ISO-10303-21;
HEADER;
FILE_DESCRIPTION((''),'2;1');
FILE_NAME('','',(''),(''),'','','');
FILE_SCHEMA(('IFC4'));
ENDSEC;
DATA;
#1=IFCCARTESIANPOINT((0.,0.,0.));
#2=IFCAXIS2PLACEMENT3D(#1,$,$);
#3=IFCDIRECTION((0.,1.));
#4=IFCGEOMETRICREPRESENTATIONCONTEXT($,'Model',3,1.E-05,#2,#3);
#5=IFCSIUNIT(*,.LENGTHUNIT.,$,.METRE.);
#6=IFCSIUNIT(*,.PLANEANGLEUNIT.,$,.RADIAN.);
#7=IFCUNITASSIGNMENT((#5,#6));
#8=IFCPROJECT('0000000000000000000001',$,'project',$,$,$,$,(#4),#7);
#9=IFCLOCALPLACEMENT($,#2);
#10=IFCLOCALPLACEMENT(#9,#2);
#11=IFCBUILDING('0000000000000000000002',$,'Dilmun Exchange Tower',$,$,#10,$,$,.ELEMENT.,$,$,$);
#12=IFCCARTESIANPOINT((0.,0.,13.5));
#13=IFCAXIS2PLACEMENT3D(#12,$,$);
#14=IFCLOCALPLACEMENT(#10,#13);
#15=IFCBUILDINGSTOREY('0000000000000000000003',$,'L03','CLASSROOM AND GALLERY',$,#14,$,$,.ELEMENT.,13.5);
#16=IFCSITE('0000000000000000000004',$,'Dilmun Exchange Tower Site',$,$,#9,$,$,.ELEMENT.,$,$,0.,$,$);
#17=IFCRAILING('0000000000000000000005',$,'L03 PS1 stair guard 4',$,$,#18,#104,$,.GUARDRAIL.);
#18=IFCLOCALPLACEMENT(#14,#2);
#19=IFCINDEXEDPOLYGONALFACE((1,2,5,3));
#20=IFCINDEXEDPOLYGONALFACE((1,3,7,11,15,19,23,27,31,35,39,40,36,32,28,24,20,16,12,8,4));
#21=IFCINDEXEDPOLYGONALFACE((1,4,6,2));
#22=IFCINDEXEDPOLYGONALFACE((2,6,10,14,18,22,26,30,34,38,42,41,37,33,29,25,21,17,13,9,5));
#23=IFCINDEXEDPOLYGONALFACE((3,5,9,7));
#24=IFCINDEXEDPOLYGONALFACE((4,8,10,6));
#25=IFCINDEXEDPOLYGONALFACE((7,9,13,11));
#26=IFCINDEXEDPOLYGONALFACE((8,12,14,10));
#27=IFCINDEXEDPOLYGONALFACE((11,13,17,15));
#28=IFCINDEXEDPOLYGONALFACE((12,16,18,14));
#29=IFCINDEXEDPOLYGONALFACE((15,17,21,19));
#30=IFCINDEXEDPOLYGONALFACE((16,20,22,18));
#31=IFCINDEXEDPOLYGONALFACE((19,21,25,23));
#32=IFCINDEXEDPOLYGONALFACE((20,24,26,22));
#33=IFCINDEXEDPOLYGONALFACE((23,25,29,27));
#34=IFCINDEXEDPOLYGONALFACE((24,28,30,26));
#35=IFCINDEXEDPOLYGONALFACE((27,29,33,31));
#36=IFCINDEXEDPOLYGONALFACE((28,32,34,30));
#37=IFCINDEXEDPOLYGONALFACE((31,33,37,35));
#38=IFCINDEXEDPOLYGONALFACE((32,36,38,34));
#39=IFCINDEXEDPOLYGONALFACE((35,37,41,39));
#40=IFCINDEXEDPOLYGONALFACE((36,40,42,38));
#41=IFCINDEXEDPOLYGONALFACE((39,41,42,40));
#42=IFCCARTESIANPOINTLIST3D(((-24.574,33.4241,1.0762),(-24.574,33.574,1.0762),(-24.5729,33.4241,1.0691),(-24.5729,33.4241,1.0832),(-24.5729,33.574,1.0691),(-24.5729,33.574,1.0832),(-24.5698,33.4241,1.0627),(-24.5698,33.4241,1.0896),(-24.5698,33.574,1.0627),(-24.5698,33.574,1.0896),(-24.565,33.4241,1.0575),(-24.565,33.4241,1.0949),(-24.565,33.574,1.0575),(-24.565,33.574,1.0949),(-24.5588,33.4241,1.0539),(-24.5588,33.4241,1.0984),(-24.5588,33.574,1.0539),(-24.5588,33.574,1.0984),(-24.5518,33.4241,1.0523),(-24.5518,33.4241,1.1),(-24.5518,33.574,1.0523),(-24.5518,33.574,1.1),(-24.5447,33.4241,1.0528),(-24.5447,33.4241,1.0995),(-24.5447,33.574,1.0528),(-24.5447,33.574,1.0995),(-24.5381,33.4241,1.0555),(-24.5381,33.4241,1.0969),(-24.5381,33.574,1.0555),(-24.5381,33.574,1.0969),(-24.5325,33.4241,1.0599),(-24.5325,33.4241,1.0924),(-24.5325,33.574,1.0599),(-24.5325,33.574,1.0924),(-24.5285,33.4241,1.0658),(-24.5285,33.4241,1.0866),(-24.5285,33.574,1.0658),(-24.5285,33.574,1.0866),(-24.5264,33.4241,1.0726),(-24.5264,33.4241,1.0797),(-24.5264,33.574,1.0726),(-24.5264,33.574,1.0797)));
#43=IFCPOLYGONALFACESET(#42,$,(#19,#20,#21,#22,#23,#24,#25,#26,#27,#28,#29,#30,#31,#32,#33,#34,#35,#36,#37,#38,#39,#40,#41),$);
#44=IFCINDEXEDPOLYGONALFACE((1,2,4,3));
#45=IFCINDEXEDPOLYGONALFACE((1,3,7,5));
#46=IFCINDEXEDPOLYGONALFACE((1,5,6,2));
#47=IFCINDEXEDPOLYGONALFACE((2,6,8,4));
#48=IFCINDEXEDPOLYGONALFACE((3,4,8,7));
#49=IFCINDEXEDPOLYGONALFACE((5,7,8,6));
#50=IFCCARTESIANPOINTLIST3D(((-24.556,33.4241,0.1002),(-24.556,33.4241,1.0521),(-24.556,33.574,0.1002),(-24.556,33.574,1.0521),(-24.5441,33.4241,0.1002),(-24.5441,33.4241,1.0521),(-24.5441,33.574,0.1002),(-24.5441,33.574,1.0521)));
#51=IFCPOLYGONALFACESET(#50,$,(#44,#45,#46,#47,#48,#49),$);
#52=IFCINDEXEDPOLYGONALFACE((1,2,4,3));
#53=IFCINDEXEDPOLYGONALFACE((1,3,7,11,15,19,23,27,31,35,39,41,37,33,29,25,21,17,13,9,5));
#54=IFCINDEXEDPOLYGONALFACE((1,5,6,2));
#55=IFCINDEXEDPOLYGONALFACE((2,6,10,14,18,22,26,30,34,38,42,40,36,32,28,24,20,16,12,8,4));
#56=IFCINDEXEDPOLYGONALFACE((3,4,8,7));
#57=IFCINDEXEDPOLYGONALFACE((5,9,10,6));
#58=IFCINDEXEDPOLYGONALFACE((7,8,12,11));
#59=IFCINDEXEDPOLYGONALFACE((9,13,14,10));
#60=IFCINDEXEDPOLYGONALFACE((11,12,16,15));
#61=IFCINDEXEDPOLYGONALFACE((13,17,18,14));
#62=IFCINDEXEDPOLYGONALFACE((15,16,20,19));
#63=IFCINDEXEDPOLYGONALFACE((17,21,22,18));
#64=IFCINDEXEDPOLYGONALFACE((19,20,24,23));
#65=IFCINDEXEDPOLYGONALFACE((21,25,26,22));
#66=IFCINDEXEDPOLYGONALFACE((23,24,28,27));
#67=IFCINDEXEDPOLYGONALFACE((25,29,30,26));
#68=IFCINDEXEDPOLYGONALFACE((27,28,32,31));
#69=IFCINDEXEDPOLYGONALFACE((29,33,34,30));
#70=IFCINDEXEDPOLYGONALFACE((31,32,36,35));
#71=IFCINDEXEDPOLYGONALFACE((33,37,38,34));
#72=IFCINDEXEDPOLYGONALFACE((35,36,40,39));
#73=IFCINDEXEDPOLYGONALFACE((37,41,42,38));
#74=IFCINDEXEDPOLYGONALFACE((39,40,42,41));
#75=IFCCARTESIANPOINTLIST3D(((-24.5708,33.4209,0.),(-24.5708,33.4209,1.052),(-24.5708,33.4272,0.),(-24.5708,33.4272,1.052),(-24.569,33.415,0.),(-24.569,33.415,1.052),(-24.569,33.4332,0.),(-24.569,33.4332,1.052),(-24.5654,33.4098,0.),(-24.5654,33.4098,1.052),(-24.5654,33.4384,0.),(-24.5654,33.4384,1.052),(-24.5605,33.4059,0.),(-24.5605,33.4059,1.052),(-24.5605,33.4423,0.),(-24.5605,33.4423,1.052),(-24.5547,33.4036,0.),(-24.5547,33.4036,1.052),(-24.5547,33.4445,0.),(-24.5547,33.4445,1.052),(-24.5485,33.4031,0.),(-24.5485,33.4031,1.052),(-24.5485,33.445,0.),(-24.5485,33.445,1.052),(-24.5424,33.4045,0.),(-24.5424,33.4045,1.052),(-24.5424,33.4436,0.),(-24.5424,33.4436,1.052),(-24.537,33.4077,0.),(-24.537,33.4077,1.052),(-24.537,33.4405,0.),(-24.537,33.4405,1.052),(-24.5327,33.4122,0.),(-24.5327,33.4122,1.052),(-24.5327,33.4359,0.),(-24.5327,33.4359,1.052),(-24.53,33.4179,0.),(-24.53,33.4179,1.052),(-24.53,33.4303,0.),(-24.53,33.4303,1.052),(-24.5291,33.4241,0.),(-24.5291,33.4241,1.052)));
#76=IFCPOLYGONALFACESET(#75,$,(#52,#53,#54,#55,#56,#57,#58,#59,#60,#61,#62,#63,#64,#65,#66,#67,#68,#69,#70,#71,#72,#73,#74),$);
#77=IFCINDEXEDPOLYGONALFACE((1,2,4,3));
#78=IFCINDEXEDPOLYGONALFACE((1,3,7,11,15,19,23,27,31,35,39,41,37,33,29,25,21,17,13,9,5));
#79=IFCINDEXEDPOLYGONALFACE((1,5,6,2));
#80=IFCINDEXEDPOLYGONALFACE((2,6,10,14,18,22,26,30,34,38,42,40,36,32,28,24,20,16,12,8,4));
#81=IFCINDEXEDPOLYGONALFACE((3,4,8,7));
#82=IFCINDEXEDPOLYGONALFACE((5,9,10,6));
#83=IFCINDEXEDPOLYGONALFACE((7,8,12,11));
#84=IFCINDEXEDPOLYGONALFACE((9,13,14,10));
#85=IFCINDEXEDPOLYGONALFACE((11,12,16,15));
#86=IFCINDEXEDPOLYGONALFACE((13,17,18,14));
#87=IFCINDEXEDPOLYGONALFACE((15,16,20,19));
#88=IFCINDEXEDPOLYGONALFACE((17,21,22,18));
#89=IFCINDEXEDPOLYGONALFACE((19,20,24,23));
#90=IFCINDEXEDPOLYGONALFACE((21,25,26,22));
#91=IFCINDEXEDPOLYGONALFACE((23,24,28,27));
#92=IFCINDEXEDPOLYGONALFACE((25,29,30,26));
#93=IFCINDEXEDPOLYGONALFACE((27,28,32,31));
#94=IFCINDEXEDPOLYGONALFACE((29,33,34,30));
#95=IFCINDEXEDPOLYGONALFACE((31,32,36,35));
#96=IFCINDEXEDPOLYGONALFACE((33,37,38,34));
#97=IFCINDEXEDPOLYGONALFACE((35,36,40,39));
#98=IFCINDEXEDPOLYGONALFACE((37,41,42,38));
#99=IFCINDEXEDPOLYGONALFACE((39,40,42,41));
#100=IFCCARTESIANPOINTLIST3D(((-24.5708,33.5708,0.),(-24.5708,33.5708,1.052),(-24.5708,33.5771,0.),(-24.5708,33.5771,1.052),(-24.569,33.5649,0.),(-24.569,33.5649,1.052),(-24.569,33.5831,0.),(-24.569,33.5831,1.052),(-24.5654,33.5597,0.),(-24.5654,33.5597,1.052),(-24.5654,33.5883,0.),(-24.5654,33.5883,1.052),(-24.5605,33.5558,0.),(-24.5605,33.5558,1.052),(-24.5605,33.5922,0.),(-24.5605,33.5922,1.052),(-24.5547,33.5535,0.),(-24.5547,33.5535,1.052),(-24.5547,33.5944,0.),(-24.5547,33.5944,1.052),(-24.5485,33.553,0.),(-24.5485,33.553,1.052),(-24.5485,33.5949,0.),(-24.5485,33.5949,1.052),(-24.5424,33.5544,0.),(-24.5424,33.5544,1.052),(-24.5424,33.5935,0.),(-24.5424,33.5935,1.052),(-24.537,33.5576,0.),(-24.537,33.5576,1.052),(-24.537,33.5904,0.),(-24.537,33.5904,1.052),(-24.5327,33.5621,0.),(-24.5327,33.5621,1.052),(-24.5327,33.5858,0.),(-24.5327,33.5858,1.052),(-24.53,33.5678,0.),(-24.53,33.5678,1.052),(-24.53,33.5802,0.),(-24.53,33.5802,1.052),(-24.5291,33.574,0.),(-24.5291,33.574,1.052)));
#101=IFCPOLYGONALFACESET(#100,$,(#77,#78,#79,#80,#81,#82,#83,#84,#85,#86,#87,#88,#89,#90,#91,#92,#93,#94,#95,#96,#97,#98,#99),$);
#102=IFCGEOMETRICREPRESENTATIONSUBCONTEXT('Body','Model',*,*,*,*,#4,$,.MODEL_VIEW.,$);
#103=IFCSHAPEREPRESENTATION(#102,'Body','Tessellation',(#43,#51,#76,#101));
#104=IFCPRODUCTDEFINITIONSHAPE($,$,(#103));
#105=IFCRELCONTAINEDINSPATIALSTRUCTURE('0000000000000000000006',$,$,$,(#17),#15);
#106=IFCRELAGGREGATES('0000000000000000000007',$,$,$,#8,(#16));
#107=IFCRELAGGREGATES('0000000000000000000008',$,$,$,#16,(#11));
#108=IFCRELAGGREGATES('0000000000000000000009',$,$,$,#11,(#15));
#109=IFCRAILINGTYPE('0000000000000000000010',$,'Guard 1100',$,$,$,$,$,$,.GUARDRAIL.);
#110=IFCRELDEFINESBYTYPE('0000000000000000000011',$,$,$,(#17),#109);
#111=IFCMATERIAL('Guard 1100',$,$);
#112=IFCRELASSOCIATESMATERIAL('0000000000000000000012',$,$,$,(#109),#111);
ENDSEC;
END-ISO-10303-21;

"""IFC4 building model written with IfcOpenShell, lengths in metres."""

from ifc_helpers import new_model, si_unit, direction, frame, origin, origin_2d, place, context, subcontext, project, spatial, rectangle, circle, extrude, material, type_object, element, save


model = new_model("IFC4")

# Units and contexts
model_context = context("Model", 3, precision=1e-05, world=origin(), true_north=direction((0.0, 1.0)))
body_context = subcontext(model_context, "Body", "Model", "MODEL_VIEW")
ifc_project = project(units=[si_unit("LENGTHUNIT", "METRE"), si_unit("PLANEANGLEUNIT", "RADIAN")], contexts=[model_context])

# Site, building, storey
site_placement = place(None, origin())
site = spatial("IfcSite", under=ifc_project, at=site_placement, Name="Dilmun Exchange Tower Site", CompositionType="ELEMENT", RefElevation=0.0)
building_placement = place(site_placement, origin())
building = spatial("IfcBuilding", under=site, at=building_placement, Name="Dilmun Exchange Tower", CompositionType="ELEMENT")
storey_placement = place(building_placement, frame((0.0, 0.0, 13.5)))
storey = spatial("IfcBuildingStorey", under=building, at=storey_placement, Name="L03", Description="CLASSROOM AND GALLERY", CompositionType="ELEMENT", Elevation=13.5)

# Railing
ifc_material_1 = material(Name="Guard 1100")
railing_type_1 = type_object("IfcRailingType", Name="Guard 1100", PredefinedType="GUARDRAIL", material=ifc_material_1)
railing_1_placement = place(storey_placement, frame((-24.55, 33.4241, 0.0)))
element("IfcRailing", 1, at=railing_1_placement, inside=storey, type_object=railing_type_1, Name="L03 PS1 stair guard 4", PredefinedType="GUARDRAIL", context=body_context, shape_type="SweptSolid", body=[
    extrude(circle(Radius=0.0239, at=origin_2d()), frame((0.0, 0.0, 1.0762), z_axis=(0.0, 1.0, 0.0), x_axis=(-1.0, 0.0, 0.0)), (0.0, 0.0, 1.0), 0.1499),
    extrude(rectangle(XDim=0.012, YDim=0.9519, at=origin_2d()), frame((0.0, 0.0, 0.5762), z_axis=(0.0, 1.0, 0.0), x_axis=(-1.0, 0.0, 0.0)), (0.0, 0.0, 1.0), 0.1499),
    extrude(circle(Radius=0.021, at=origin_2d()), origin(), (0.0, 0.0, 1.0), 1.052),
    extrude(circle(Radius=0.021, at=origin_2d()), frame((0.0, 0.1499, 0.0)), (0.0, 0.0, 1.0), 1.052),
])

save(model, "model.ifc")
